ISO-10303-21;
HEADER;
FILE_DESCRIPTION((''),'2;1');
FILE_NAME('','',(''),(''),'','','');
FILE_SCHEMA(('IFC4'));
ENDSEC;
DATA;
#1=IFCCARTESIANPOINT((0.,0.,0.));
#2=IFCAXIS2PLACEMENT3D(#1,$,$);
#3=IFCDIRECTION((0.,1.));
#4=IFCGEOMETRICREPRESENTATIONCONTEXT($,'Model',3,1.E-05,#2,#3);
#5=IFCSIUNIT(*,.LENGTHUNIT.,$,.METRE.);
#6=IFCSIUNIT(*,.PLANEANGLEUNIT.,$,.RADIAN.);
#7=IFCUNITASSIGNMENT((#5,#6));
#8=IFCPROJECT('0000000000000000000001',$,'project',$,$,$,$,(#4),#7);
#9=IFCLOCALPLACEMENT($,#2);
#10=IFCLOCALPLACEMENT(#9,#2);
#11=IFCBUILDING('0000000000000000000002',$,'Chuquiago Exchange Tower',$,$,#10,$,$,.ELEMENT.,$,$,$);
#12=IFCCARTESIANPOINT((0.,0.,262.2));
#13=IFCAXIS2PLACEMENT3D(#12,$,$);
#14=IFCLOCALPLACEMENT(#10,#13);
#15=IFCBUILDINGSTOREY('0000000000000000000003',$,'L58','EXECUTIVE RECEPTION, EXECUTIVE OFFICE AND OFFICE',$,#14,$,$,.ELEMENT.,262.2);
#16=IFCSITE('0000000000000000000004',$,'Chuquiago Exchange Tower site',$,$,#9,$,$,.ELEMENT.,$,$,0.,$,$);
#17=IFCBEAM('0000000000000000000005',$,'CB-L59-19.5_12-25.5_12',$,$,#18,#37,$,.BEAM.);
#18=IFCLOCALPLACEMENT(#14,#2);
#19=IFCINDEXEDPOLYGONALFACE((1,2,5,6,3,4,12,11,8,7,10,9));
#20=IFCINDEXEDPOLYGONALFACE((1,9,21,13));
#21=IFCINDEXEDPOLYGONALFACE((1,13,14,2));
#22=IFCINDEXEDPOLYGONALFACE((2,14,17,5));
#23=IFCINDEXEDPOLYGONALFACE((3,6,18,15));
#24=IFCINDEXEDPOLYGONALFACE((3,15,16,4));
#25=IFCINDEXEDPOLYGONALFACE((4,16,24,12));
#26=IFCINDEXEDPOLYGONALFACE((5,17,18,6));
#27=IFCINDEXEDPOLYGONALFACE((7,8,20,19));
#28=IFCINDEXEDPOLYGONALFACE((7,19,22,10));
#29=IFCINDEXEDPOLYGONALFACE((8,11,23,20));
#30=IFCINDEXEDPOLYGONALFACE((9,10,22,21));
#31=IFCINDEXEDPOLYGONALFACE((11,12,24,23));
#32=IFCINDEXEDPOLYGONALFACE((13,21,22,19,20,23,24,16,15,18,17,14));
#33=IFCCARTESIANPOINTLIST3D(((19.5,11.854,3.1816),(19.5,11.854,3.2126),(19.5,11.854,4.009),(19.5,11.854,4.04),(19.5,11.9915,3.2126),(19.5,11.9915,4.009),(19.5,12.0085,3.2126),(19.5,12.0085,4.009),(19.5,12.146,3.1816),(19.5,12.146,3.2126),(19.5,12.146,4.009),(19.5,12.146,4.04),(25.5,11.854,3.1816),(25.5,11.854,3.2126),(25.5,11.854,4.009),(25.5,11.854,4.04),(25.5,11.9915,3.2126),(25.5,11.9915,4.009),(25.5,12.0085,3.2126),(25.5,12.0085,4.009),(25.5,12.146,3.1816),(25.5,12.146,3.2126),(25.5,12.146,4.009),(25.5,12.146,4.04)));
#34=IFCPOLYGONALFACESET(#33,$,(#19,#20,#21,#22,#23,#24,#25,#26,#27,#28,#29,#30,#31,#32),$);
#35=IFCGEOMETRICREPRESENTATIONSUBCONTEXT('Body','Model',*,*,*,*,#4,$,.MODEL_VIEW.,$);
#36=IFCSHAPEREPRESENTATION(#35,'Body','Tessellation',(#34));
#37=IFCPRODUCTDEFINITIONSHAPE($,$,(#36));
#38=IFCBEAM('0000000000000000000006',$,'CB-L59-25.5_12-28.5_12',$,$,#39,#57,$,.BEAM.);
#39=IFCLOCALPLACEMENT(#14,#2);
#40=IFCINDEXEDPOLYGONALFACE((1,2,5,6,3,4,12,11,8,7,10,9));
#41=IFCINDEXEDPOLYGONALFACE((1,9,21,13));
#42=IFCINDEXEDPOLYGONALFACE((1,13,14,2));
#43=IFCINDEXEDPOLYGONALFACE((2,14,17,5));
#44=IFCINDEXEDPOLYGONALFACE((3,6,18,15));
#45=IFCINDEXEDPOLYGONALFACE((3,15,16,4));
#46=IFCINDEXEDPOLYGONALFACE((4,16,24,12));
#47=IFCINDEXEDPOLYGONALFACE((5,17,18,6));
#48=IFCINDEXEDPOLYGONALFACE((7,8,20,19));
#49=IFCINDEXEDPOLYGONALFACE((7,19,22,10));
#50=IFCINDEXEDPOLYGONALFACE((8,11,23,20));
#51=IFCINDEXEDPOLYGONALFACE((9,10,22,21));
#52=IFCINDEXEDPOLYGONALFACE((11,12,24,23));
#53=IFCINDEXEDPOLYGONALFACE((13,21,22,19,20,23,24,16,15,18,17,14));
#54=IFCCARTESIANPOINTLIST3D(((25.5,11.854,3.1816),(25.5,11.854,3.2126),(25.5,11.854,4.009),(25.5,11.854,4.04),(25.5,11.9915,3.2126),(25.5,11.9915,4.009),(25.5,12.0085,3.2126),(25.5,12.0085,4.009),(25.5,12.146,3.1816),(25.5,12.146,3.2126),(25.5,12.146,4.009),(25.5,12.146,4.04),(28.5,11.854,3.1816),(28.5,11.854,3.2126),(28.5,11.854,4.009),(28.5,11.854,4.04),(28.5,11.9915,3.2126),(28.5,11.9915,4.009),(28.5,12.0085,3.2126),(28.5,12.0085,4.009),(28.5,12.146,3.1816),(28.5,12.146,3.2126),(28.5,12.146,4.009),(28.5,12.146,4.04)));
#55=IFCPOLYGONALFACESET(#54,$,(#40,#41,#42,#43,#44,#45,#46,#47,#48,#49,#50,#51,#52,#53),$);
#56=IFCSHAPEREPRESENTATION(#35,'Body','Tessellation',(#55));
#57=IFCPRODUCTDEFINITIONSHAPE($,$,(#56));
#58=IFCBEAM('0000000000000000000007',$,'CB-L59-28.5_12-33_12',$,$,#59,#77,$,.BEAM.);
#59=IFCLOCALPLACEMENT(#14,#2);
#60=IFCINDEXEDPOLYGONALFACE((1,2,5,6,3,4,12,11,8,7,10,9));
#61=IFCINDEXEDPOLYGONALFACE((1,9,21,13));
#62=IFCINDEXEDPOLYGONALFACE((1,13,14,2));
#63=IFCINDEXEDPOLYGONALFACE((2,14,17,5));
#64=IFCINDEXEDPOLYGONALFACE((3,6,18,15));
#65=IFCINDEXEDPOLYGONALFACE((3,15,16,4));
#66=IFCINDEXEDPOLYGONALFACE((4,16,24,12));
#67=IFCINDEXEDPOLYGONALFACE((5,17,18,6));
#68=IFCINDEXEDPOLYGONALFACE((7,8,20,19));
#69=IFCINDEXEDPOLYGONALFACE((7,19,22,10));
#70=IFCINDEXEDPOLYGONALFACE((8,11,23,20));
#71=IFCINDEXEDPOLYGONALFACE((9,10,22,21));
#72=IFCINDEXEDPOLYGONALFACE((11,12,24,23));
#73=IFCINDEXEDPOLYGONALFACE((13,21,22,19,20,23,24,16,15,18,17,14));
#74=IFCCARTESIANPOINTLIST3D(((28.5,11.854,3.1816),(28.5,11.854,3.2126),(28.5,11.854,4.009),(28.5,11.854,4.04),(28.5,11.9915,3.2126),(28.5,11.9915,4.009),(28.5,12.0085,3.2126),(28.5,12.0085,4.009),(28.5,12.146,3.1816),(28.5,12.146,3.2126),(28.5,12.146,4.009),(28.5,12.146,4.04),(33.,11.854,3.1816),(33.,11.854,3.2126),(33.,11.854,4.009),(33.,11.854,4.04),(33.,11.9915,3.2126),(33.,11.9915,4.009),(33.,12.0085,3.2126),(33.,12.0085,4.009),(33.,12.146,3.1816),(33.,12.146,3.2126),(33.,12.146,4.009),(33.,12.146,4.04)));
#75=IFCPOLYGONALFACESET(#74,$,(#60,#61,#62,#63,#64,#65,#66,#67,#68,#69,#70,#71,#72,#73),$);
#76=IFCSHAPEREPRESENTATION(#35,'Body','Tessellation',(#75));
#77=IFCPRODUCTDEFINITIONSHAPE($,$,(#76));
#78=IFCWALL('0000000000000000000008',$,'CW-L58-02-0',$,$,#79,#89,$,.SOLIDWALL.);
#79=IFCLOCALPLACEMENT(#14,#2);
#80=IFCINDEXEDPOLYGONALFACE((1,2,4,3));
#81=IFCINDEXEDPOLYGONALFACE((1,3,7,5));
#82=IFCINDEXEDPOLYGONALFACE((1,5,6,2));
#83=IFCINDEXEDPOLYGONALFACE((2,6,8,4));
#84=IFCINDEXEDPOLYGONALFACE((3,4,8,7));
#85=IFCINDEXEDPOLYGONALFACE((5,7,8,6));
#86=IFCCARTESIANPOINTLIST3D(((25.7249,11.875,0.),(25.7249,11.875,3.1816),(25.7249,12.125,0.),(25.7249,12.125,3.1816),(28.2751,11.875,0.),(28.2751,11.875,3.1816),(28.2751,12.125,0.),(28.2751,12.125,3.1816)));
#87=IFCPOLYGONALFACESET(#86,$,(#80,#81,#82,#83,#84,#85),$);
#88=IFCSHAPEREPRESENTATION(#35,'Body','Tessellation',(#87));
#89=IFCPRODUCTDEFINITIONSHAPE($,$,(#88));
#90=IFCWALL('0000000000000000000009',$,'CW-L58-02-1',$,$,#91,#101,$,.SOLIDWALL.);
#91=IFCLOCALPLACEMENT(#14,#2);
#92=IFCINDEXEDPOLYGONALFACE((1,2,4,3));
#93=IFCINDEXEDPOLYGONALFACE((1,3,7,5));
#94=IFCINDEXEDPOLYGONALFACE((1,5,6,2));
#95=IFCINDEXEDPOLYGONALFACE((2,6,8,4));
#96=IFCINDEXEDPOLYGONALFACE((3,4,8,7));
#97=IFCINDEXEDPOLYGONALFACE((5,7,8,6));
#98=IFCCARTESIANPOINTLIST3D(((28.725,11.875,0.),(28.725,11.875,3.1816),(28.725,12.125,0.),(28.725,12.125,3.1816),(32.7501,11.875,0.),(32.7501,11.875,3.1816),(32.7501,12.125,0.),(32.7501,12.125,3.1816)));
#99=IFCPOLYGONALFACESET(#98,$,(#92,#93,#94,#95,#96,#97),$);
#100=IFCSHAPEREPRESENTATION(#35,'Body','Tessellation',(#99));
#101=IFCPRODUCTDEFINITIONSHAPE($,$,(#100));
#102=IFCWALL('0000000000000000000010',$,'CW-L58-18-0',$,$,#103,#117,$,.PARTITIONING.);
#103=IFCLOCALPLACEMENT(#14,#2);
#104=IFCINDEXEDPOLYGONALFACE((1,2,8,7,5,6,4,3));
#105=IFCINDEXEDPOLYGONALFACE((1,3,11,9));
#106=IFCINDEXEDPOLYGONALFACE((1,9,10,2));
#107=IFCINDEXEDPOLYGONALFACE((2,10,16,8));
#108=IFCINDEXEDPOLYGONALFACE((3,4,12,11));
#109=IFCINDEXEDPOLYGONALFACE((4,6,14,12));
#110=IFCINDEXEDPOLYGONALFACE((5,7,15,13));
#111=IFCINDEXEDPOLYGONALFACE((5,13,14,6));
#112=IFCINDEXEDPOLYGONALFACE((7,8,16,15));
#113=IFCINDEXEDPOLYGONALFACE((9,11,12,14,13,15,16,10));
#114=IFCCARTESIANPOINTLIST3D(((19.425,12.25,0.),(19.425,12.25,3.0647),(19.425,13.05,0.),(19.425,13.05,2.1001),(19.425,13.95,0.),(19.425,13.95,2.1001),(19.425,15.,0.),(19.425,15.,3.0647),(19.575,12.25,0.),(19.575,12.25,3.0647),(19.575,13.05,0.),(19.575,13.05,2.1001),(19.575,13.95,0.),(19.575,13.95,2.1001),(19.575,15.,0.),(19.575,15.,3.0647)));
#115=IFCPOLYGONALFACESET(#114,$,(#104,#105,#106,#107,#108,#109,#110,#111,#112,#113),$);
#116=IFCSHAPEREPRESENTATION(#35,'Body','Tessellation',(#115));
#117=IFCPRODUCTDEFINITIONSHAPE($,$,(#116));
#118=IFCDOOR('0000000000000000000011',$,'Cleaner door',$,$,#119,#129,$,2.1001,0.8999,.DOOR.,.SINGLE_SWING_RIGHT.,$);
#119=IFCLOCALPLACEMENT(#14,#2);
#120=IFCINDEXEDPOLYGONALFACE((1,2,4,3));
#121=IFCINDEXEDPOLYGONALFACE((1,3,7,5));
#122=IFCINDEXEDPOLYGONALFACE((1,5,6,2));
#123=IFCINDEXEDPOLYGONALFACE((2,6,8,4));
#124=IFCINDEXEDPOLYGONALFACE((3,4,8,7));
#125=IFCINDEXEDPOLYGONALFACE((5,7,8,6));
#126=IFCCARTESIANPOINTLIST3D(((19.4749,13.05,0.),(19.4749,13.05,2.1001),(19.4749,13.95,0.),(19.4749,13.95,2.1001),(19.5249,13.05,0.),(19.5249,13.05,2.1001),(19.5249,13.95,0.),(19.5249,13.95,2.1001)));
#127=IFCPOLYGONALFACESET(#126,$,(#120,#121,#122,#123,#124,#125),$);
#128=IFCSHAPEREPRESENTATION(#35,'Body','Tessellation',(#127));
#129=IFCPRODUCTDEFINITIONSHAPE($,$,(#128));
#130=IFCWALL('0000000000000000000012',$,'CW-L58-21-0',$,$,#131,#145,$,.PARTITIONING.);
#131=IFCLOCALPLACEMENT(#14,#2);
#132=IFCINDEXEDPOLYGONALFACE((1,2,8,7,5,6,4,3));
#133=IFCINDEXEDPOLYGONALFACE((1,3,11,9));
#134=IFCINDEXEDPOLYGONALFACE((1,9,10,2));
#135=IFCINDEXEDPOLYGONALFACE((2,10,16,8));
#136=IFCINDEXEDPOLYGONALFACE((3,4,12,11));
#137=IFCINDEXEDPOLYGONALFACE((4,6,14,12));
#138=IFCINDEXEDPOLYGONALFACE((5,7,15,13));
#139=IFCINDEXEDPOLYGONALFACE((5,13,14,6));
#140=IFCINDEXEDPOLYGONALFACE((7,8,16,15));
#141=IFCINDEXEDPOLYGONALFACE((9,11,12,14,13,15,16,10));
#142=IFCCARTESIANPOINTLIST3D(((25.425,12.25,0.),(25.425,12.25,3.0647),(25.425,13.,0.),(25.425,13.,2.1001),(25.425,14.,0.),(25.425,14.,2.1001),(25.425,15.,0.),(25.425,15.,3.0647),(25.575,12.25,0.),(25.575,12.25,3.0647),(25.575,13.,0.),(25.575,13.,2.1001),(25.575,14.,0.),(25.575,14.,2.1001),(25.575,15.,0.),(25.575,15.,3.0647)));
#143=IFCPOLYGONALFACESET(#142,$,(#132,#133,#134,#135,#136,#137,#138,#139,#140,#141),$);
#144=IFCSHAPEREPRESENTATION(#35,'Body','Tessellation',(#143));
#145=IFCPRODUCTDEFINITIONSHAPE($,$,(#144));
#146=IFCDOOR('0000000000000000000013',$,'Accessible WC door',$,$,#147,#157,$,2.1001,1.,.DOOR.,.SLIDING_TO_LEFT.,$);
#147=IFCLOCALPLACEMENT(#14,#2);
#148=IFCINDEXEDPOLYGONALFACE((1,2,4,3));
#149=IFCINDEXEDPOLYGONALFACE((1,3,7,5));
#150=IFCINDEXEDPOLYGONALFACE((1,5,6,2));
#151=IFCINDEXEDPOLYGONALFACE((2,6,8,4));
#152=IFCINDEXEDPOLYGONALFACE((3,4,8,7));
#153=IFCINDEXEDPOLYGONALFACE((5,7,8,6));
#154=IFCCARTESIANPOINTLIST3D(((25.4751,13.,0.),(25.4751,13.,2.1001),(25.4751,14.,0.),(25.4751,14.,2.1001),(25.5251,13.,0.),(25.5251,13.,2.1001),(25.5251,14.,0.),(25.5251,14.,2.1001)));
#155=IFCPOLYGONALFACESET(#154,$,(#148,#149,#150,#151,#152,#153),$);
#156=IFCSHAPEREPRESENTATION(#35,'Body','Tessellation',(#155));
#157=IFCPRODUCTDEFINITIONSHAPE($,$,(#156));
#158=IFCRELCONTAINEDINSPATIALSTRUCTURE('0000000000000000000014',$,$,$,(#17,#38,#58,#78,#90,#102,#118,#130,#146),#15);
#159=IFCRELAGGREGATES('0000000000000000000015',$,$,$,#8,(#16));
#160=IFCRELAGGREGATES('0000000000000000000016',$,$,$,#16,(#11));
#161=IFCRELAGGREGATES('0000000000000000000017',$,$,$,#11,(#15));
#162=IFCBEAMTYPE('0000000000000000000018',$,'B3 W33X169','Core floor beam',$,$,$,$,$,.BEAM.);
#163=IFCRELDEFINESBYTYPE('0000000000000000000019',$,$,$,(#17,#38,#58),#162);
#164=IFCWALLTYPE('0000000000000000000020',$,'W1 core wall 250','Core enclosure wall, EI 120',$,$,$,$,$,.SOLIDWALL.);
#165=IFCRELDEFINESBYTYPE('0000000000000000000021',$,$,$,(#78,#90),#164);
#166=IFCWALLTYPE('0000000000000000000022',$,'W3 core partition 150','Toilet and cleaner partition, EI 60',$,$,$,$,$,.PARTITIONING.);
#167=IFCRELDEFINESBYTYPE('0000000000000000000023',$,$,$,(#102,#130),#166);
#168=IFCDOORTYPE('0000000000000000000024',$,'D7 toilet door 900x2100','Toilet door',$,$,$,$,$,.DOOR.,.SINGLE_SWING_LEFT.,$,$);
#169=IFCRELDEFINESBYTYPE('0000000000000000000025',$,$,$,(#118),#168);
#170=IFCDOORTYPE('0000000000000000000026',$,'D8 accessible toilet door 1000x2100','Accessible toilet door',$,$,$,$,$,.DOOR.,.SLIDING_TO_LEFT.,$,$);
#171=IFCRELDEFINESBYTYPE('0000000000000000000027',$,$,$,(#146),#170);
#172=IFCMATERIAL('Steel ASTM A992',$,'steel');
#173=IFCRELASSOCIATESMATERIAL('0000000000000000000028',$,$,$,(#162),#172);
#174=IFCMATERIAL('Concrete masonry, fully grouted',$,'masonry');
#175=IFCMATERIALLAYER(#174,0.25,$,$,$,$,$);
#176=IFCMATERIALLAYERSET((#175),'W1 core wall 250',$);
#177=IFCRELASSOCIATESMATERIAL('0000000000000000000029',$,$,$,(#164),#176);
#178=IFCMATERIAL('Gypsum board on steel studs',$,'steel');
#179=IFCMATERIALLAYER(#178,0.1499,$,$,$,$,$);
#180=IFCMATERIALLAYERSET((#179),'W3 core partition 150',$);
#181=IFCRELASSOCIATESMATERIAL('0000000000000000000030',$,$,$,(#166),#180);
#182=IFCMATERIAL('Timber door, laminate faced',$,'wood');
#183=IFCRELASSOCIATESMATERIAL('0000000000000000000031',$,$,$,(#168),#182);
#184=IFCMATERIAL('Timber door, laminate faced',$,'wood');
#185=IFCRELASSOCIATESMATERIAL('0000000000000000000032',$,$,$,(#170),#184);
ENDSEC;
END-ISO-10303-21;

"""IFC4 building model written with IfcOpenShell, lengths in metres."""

from ifc_helpers import new_model, si_unit, direction, frame, frame_2d, origin, origin_2d, place, context, subcontext, project, spatial, rectangle, i_section, extrude, material, layer, layer_set, material_profile, profile_set, type_object, element, fill, save


model = new_model("IFC4")

# Units and contexts
model_context = context("Model", 3, precision=1e-05, world=origin(), true_north=direction((0.0, 1.0)))
body_context = subcontext(model_context, "Body", "Model", "MODEL_VIEW")
ifc_project = project(units=[si_unit("LENGTHUNIT", "METRE"), si_unit("PLANEANGLEUNIT", "RADIAN")], contexts=[model_context])

# Site, building, storey
site_placement = place(None, origin())
site = spatial("IfcSite", under=ifc_project, at=site_placement, Name="Chuquiago Exchange Tower site", CompositionType="ELEMENT", RefElevation=0.0)
building_placement = place(site_placement, origin())
building = spatial("IfcBuilding", under=site, at=building_placement, Name="Chuquiago Exchange Tower", CompositionType="ELEMENT")
storey_placement = place(building_placement, frame((0.0, 0.0, 262.2)))
storey = spatial("IfcBuildingStorey", under=building, at=storey_placement, Name="L58", Description="EXECUTIVE RECEPTION, EXECUTIVE OFFICE AND OFFICE", CompositionType="ELEMENT", Elevation=262.2)

# Beams
ifc_material_1 = material(Name="Steel ASTM A992", Category="steel")
ifc_material_profile_1 = material_profile(ifc_material_1, i_section(OverallWidth=0.292, OverallDepth=0.8584, WebThickness=0.0171, FlangeThickness=0.031, at=origin_2d()), Name="W33X169")
ifc_profile_set_1 = profile_set([ifc_material_profile_1], Name="Steel ASTM A992")
beam_type_1 = type_object("IfcBeamType", Name="B3 W33X169", Description="Core floor beam", PredefinedType="BEAM", material=ifc_profile_set_1)
beam_1_placement = place(storey_placement, frame((19.5, 12.0, 3.6108), z_axis=(1.0, 0.0, 0.0), x_axis=(0.0, 1.0, 0.0)))
element("IfcBeam", 1, at=beam_1_placement, inside=storey, type_object=beam_type_1, Name="CB-L59-19.5_12-25.5_12", PredefinedType="BEAM", context=body_context, shape_type="SweptSolid", body=[
    extrude(i_section(OverallWidth=0.292, OverallDepth=0.8584, WebThickness=0.0171, FlangeThickness=0.031, at=origin_2d()), origin(), (0.0, 0.0, 1.0), 6.0),
])
beam_2_placement = place(storey_placement, frame((25.5, 12.0, 3.6108), z_axis=(1.0, 0.0, 0.0), x_axis=(0.0, 1.0, 0.0)))
element("IfcBeam", 2, at=beam_2_placement, inside=storey, type_object=beam_type_1, Name="CB-L59-25.5_12-28.5_12", PredefinedType="BEAM", context=body_context, shape_type="SweptSolid", body=[
    extrude(i_section(OverallWidth=0.292, OverallDepth=0.8584, WebThickness=0.0171, FlangeThickness=0.031, at=origin_2d()), origin(), (0.0, 0.0, 1.0), 3.0),
])
beam_3_placement = place(storey_placement, frame((28.5, 12.0, 3.6108), z_axis=(1.0, 0.0, 0.0), x_axis=(0.0, 1.0, 0.0)))
element("IfcBeam", 3, at=beam_3_placement, inside=storey, type_object=beam_type_1, Name="CB-L59-28.5_12-33_12", PredefinedType="BEAM", context=body_context, shape_type="SweptSolid", body=[
    extrude(i_section(OverallWidth=0.292, OverallDepth=0.8584, WebThickness=0.0171, FlangeThickness=0.031, at=origin_2d()), origin(), (0.0, 0.0, 1.0), 4.5),
])

# Walls
ifc_material_2 = material(Name="Concrete masonry, fully grouted", Category="masonry")
ifc_layer_1 = layer(ifc_material_2, 0.25)
ifc_layer_set_1 = layer_set([ifc_layer_1], Name="W1 core wall 250")
wall_type_1 = type_object("IfcWallType", Name="W1 core wall 250", Description="Core enclosure wall, EI 120", PredefinedType="SOLIDWALL", material=ifc_layer_set_1)
wall_1_placement = place(storey_placement, frame((25.7249, 12.0, 0.0), z_axis=(0.0, 0.0, 1.0), x_axis=(1.0, 0.0, 0.0)))
element("IfcWall", 4, at=wall_1_placement, inside=storey, type_object=wall_type_1, Name="CW-L58-02-0", PredefinedType="SOLIDWALL", context=body_context, shape_type="SweptSolid", body=[
    extrude(rectangle(XDim=2.5503, YDim=0.25, at=frame_2d((1.2751, 0.0))), origin(), (0.0, 0.0, 1.0), 3.1816),
])
wall_2_placement = place(storey_placement, frame((28.7249, 12.0, 0.0), z_axis=(0.0, 0.0, 1.0), x_axis=(1.0, 0.0, 0.0)))
element("IfcWall", 5, at=wall_2_placement, inside=storey, type_object=wall_type_1, Name="CW-L58-02-1", PredefinedType="SOLIDWALL", context=body_context, shape_type="SweptSolid", body=[
    extrude(rectangle(XDim=4.0251, YDim=0.25, at=frame_2d((2.0127, 0.0))), origin(), (0.0, 0.0, 1.0), 3.1816),
])

# Walls, openings, doors
ifc_material_3 = material(Name="Gypsum board on steel studs", Category="steel")
ifc_layer_2 = layer(ifc_material_3, 0.1499)
ifc_layer_set_2 = layer_set([ifc_layer_2], Name="W3 core partition 150")
wall_type_2 = type_object("IfcWallType", Name="W3 core partition 150", Description="Toilet and cleaner partition, EI 60", PredefinedType="PARTITIONING", material=ifc_layer_set_2)
wall_3_placement = place(storey_placement, frame((19.5, 12.25, 0.0), z_axis=(0.0, 0.0, 1.0), x_axis=(0.0, 1.0, 0.0)))
wall_3 = element("IfcWall", 6, at=wall_3_placement, inside=storey, type_object=wall_type_2, Name="CW-L58-18-0", PredefinedType="PARTITIONING", context=body_context, shape_type="SweptSolid", body=[
    extrude(rectangle(XDim=2.75, YDim=0.1499, at=frame_2d((1.375, 0.0))), origin(), (0.0, 0.0, 1.0), 3.0647),
])
opening_1_placement = place(wall_3_placement, frame((0.8, 0.0, 0.0)))
opening_1 = element("IfcOpeningElement", 7, at=opening_1_placement, cuts=wall_3, PredefinedType="OPENING", context=body_context, shape_type="SweptSolid", body=[
    extrude(rectangle(XDim=0.8999, YDim=2.1001, at=frame_2d((0.45, 1.05))), frame((0.0, 0.085, 0.0), z_axis=(0.0, -1.0, 0.0), x_axis=(1.0, 0.0, 0.0)), (0.0, 0.0, 1.0), 0.1699),
])
ifc_material_4 = material(Name="Timber door, laminate faced", Category="wood")
door_type_1 = type_object("IfcDoorType", Name="D7 toilet door 900x2100", Description="Toilet door", OperationType="SINGLE_SWING_LEFT", PredefinedType="DOOR", material=ifc_material_4)
door_1_placement = place(opening_1_placement, frame((0.8999, 0.0, 0.0), z_axis=(0.0, 0.0, 1.0), x_axis=(-1.0, 0.0, 0.0)))
door_1 = element("IfcDoor", 8, at=door_1_placement, inside=storey, type_object=door_type_1, Name="Cleaner door", OperationType="SINGLE_SWING_RIGHT", OverallHeight=2.1001, OverallWidth=0.8999, PredefinedType="DOOR", context=body_context, shape_type="SweptSolid", body=[
    extrude(rectangle(XDim=0.8999, YDim=2.1001, at=frame_2d((0.45, 1.05))), frame((0.0, 0.0249, 0.0), z_axis=(0.0, -1.0, 0.0), x_axis=(1.0, 0.0, 0.0)), (0.0, 0.0, 1.0), 0.05),
])
fill(opening_1, door_1)
wall_4_placement = place(storey_placement, frame((25.5, 12.25, 0.0), z_axis=(0.0, 0.0, 1.0), x_axis=(0.0, 1.0, 0.0)))
wall_4 = element("IfcWall", 9, at=wall_4_placement, inside=storey, type_object=wall_type_2, Name="CW-L58-21-0", PredefinedType="PARTITIONING", context=body_context, shape_type="SweptSolid", body=[
    extrude(rectangle(XDim=2.75, YDim=0.1499, at=frame_2d((1.375, 0.0))), origin(), (0.0, 0.0, 1.0), 3.0647),
])
opening_2_placement = place(wall_4_placement, frame((0.75, 0.0, 0.0)))
opening_2 = element("IfcOpeningElement", 10, at=opening_2_placement, cuts=wall_4, PredefinedType="OPENING", context=body_context, shape_type="SweptSolid", body=[
    extrude(rectangle(XDim=1.0, YDim=2.1001, at=frame_2d((0.5, 1.05))), frame((0.0, 0.085, 0.0), z_axis=(0.0, -1.0, 0.0), x_axis=(1.0, 0.0, 0.0)), (0.0, 0.0, 1.0), 0.1699),
])
ifc_material_5 = material(Name="Timber door, laminate faced", Category="wood")
door_type_2 = type_object("IfcDoorType", Name="D8 accessible toilet door 1000x2100", Description="Accessible toilet door", OperationType="SLIDING_TO_LEFT", PredefinedType="DOOR", material=ifc_material_5)
door_2_placement = place(opening_2_placement, origin())
door_2 = element("IfcDoor", 11, at=door_2_placement, inside=storey, type_object=door_type_2, Name="Accessible WC door", OperationType="SLIDING_TO_LEFT", OverallHeight=2.1001, OverallWidth=1.0, PredefinedType="DOOR", context=body_context, shape_type="SweptSolid", body=[
    extrude(rectangle(XDim=1.0, YDim=2.1001, at=frame_2d((0.5, 1.05))), frame((0.0, 0.0249, 0.0), z_axis=(0.0, -1.0, 0.0), x_axis=(1.0, 0.0, 0.0)), (0.0, 0.0, 1.0), 0.05),
])
fill(opening_2, door_2)

save(model, "model.ifc")
